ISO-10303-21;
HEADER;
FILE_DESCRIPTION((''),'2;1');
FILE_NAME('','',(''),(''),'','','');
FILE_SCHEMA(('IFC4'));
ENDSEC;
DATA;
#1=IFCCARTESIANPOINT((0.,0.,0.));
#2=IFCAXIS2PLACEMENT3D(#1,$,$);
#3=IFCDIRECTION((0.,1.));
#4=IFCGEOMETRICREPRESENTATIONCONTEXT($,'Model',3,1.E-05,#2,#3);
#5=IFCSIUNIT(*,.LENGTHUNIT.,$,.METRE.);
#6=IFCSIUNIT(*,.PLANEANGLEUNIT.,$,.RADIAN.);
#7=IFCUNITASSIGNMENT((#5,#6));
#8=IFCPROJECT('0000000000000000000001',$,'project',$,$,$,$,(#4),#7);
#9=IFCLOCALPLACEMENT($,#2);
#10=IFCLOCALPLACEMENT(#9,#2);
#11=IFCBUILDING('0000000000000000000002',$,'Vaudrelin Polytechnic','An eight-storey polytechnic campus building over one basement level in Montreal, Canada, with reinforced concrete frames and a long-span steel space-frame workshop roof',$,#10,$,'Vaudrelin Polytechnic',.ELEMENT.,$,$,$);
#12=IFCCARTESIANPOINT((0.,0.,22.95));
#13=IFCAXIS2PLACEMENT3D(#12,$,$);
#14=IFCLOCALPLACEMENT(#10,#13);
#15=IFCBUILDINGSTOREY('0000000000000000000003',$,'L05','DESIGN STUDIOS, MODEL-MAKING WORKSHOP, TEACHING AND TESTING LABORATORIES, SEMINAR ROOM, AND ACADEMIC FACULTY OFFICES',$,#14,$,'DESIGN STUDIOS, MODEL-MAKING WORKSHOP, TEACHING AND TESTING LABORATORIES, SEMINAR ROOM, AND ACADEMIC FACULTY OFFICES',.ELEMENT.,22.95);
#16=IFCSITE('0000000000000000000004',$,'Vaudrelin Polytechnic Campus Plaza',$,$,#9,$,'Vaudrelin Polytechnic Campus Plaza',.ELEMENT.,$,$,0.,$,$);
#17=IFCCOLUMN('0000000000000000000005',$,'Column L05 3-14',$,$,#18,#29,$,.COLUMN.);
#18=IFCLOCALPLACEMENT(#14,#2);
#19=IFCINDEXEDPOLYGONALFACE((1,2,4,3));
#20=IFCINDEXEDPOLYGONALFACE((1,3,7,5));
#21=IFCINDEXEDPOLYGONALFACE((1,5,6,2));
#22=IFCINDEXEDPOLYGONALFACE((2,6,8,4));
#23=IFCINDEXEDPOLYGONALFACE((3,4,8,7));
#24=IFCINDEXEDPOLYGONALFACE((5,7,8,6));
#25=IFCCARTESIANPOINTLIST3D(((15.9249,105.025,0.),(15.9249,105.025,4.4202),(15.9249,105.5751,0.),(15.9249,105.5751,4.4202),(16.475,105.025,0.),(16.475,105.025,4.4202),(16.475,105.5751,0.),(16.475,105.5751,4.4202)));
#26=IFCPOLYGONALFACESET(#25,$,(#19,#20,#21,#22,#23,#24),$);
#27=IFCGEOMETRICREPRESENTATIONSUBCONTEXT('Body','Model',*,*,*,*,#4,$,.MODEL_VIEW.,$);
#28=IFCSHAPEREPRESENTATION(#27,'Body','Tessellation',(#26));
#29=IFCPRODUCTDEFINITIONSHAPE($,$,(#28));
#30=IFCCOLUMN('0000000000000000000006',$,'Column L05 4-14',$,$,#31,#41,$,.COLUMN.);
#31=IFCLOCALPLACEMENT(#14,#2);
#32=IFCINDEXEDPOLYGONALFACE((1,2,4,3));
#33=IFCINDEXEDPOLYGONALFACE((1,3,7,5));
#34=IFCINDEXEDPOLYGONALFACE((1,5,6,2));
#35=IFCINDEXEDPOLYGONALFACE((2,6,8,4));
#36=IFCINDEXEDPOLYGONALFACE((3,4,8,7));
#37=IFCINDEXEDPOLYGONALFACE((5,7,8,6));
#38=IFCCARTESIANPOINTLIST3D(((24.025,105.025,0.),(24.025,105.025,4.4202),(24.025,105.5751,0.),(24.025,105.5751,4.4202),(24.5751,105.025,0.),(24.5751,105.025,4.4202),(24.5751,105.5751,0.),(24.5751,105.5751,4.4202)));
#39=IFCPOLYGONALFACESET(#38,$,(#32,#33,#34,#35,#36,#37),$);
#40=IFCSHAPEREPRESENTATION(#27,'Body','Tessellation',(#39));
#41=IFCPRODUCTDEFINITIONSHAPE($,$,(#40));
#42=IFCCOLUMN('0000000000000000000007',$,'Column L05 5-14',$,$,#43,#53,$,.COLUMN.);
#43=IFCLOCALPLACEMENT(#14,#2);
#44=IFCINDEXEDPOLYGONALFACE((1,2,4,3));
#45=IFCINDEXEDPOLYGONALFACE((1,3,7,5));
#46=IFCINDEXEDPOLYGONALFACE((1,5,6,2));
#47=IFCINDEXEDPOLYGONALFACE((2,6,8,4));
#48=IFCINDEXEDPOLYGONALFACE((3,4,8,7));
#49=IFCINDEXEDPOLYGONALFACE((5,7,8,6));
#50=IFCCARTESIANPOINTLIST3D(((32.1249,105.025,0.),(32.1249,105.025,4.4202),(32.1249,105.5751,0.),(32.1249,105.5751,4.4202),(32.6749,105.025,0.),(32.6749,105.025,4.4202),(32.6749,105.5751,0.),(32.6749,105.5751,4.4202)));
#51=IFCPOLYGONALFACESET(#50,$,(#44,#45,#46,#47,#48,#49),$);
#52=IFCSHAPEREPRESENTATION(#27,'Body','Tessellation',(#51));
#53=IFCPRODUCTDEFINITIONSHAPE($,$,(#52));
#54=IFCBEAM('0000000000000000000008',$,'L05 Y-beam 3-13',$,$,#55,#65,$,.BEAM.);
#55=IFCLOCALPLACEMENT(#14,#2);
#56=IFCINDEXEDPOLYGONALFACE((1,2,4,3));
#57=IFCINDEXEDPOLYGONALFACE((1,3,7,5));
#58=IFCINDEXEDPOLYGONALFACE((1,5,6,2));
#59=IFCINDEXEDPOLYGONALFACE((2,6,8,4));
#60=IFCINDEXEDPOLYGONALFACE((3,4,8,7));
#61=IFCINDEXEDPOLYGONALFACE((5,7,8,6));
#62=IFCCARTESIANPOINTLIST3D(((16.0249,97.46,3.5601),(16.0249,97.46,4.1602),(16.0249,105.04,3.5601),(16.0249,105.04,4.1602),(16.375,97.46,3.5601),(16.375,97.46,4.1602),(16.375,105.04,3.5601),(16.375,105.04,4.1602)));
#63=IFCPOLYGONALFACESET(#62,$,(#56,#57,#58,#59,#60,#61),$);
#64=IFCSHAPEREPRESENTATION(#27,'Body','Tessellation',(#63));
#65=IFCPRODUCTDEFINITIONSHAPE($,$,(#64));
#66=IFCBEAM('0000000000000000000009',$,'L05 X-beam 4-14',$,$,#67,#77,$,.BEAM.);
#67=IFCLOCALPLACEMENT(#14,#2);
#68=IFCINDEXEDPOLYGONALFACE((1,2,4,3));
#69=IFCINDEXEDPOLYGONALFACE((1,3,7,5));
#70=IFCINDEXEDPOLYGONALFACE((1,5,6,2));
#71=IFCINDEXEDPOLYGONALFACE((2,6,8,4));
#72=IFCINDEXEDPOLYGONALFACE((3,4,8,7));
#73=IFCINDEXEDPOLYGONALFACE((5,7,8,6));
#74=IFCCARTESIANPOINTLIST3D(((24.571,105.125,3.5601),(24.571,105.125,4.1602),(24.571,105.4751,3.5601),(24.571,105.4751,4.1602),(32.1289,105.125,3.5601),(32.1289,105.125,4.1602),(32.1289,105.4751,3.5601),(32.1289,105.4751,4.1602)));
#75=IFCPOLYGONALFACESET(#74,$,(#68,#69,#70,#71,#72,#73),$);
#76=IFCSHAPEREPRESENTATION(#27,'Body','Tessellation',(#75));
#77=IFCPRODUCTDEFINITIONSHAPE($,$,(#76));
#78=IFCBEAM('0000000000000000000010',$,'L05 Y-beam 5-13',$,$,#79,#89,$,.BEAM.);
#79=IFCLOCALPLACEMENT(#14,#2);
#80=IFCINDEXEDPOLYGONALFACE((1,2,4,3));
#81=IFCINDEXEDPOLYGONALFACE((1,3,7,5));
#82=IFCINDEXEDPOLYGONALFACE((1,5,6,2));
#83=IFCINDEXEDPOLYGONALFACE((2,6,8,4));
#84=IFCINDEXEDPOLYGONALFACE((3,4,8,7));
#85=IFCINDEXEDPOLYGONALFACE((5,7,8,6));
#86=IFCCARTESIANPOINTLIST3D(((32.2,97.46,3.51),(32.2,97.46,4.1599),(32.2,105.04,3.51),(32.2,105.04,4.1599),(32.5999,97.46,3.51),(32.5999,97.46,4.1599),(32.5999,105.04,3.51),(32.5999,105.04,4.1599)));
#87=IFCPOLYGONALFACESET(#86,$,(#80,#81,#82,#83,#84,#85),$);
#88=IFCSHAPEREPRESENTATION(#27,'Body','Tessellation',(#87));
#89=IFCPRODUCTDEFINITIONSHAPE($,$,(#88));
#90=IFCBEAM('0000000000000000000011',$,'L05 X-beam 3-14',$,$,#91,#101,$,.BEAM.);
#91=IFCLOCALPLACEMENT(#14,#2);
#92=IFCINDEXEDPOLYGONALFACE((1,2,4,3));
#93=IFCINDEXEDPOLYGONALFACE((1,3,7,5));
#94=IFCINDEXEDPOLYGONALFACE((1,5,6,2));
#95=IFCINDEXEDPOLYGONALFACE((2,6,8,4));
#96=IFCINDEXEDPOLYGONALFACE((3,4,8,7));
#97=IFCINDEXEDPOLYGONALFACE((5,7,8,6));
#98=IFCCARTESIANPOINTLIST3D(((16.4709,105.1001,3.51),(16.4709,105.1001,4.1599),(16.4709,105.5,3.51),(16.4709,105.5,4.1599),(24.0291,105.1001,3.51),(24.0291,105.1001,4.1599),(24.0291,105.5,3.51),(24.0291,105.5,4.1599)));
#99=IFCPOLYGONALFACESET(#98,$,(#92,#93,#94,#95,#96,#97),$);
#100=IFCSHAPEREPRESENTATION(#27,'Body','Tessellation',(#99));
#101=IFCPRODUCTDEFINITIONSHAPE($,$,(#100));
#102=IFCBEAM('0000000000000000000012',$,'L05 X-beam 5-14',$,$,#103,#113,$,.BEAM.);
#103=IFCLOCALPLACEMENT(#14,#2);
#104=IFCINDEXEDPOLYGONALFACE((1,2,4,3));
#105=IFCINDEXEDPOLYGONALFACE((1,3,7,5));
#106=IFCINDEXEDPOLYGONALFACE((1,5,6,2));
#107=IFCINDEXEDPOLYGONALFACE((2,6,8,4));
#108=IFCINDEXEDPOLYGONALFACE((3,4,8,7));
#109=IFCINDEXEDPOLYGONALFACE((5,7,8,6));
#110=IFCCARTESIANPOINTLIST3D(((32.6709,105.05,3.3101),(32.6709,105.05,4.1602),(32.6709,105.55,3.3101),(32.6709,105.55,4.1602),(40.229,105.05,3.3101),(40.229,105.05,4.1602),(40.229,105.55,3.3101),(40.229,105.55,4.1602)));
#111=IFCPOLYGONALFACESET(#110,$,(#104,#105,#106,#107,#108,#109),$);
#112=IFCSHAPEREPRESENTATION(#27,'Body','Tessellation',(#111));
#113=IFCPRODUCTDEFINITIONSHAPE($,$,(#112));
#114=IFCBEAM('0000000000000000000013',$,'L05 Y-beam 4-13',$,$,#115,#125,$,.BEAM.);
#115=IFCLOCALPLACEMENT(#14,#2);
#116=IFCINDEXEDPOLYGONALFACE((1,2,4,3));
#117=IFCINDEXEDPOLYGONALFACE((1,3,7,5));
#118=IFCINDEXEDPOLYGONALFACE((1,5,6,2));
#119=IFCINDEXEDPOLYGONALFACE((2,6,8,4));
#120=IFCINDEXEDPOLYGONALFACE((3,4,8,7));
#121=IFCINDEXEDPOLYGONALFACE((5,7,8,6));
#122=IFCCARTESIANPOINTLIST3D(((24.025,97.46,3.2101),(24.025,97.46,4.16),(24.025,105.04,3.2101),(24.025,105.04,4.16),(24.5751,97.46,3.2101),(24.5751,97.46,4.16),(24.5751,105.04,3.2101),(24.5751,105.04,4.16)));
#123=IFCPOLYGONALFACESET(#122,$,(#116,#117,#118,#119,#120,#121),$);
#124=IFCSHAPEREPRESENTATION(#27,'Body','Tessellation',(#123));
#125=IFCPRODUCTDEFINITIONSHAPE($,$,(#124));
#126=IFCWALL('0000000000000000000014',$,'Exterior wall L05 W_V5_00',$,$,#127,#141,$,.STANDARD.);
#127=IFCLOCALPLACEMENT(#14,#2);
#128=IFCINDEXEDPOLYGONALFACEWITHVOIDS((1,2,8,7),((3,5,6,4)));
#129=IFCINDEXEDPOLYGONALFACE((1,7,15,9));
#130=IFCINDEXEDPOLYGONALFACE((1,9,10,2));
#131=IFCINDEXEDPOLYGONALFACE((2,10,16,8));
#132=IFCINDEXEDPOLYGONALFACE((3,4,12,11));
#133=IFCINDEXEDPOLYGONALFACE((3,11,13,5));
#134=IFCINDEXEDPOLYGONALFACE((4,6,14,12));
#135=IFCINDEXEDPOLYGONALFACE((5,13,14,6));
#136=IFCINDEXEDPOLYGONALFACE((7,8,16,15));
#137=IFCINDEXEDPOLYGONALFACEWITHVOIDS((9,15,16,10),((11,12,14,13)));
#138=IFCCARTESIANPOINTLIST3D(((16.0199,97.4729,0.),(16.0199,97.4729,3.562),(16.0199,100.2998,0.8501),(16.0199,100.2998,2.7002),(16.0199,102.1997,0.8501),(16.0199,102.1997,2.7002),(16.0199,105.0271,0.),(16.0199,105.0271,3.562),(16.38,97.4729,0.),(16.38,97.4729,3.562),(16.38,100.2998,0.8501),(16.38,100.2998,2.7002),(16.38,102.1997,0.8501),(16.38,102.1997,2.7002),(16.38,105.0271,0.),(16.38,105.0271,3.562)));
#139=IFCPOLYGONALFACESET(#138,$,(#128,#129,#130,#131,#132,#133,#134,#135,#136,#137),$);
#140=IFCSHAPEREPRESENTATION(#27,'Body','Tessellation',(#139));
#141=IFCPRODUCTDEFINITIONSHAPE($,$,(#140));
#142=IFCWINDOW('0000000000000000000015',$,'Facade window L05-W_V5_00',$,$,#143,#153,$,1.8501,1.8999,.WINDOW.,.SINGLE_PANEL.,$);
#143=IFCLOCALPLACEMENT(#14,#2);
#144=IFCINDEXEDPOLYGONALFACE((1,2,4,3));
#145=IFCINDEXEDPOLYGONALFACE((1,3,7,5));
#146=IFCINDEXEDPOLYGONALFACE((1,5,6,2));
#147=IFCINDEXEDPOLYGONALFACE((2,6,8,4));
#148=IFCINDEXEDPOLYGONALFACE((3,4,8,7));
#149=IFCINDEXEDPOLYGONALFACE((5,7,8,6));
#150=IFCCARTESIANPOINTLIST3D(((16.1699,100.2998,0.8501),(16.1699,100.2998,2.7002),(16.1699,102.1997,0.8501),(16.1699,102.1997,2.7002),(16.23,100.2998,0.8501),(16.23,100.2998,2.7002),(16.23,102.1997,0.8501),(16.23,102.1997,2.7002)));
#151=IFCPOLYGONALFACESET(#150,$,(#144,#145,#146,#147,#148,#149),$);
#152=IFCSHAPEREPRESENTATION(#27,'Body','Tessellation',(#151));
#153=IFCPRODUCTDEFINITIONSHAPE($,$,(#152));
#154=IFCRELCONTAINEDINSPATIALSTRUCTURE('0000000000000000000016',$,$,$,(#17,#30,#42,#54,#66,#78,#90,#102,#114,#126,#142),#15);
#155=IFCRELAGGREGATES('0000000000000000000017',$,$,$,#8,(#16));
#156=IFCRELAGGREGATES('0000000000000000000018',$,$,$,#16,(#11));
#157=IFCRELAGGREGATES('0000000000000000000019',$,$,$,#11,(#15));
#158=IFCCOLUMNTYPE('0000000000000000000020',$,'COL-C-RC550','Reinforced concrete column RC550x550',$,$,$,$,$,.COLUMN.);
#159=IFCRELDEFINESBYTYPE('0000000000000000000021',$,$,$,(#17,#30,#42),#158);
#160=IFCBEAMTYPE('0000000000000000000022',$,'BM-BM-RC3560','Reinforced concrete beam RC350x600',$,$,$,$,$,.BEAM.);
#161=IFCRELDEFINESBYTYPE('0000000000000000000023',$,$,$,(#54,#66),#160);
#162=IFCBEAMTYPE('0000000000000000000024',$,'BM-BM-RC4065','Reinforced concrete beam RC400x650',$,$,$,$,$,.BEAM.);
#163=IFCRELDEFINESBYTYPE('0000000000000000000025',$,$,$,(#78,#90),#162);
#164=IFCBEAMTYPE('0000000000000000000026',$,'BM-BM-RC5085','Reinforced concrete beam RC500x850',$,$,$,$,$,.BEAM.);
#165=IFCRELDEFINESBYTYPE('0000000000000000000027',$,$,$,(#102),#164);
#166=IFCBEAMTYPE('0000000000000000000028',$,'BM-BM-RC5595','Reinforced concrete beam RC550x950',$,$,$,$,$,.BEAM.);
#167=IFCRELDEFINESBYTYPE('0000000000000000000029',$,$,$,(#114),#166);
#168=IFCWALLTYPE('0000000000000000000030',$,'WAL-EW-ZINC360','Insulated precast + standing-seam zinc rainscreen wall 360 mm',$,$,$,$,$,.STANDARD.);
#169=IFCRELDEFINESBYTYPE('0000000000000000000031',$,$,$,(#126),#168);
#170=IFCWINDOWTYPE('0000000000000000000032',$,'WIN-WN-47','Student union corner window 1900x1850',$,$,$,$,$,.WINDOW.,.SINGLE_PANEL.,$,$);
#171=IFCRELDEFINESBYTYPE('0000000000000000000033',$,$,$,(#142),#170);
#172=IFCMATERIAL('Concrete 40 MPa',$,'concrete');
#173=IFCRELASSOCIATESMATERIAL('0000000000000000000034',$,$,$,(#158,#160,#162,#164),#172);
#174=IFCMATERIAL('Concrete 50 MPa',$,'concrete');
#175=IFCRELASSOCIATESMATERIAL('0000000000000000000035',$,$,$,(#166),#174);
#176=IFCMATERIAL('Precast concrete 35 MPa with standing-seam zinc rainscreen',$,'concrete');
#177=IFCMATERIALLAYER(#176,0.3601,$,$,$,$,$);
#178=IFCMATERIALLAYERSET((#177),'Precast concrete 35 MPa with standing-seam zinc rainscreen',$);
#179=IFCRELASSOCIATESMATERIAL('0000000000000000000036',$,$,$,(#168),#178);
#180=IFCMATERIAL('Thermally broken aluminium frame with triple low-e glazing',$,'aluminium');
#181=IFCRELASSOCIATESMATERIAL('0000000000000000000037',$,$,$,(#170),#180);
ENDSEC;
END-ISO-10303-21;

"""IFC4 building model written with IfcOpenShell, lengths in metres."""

from ifc_helpers import new_model, si_unit, direction, frame, frame_2d, origin, origin_2d, place, context, subcontext, project, spatial, rectangle, extrude, material, layer, layer_set, material_profile, profile_set, type_object, element, fill, save


model = new_model("IFC4")

# Units and contexts
model_context = context("Model", 3, precision=1e-05, world=origin(), true_north=direction((0.0, 1.0)))
body_context = subcontext(model_context, "Body", "Model", "MODEL_VIEW")
ifc_project = project(units=[si_unit("LENGTHUNIT", "METRE"), si_unit("PLANEANGLEUNIT", "RADIAN")], contexts=[model_context])

# Site, building, storey
site_placement = place(None, origin())
site = spatial("IfcSite", under=ifc_project, at=site_placement, Name="Vaudrelin Polytechnic Campus Plaza", LongName="Vaudrelin Polytechnic Campus Plaza", CompositionType="ELEMENT", RefElevation=0.0)
building_placement = place(site_placement, origin())
building = spatial("IfcBuilding", under=site, at=building_placement, Name="Vaudrelin Polytechnic", Description="An eight-storey polytechnic campus building over one basement level in Montreal, Canada, with reinforced concrete frames and a long-span steel space-frame workshop roof", LongName="Vaudrelin Polytechnic", CompositionType="ELEMENT")
storey_placement = place(building_placement, frame((0.0, 0.0, 22.95)))
storey = spatial("IfcBuildingStorey", under=building, at=storey_placement, Name="L05", Description="DESIGN STUDIOS, MODEL-MAKING WORKSHOP, TEACHING AND TESTING LABORATORIES, SEMINAR ROOM, AND ACADEMIC FACULTY OFFICES", LongName="DESIGN STUDIOS, MODEL-MAKING WORKSHOP, TEACHING AND TESTING LABORATORIES, SEMINAR ROOM, AND ACADEMIC FACULTY OFFICES", CompositionType="ELEMENT", Elevation=22.95)

# Columns
ifc_material_1 = material(Name="Concrete 40 MPa", Category="concrete")
ifc_material_profile_1 = material_profile(ifc_material_1, rectangle(XDim=0.55, YDim=0.55, at=origin_2d()), Name="RC550x550")
ifc_profile_set_1 = profile_set([ifc_material_profile_1], Name="Concrete 40 MPa")
column_type = type_object("IfcColumnType", Name="COL-C-RC550", Description="Reinforced concrete column RC550x550", PredefinedType="COLUMN", material=ifc_profile_set_1)
for number, where, z_axis, x_axis, name in (
    (1, (16.2, 105.3, 0.0), (0.0, 0.0, 1.0), (1.0, 0.0, 0.0), "Column L05 3-14"),
    (2, (24.3, 105.3, 0.0), (0.0, 0.0, 1.0), (1.0, 0.0, 0.0), "Column L05 4-14"),
    (3, (32.3999, 105.3, 0.0), (0.0, 0.0, 1.0), (1.0, 0.0, 0.0), "Column L05 5-14"),
):
    element("IfcColumn", number, at=place(storey_placement, frame(where, z_axis=z_axis, x_axis=x_axis)), inside=storey, type_object=column_type, Name=name, PredefinedType="COLUMN", context=body_context, shape_type="SweptSolid", body=[
        extrude(rectangle(XDim=0.55, YDim=0.55, at=origin_2d()), origin(), (0.0, 0.0, 1.0), 4.4202),
    ])

# Beams
ifc_material_profile_2 = material_profile(ifc_material_1, rectangle(XDim=0.3501, YDim=0.6001, at=origin_2d()), Name="RC350x600")
ifc_profile_set_2 = profile_set([ifc_material_profile_2], Name="Concrete 40 MPa")
beam_type_1 = type_object("IfcBeamType", Name="BM-BM-RC3560", Description="Reinforced concrete beam RC350x600", PredefinedType="BEAM", material=ifc_profile_set_2)
beam_1_placement = place(storey_placement, frame((16.2, 97.46, 3.8601), z_axis=(0.0, 1.0, 0.0), x_axis=(-1.0, 0.0, 0.0)))
element("IfcBeam", 4, at=beam_1_placement, inside=storey, type_object=beam_type_1, Name="L05 Y-beam 3-13", PredefinedType="BEAM", context=body_context, shape_type="SweptSolid", body=[
    extrude(rectangle(XDim=0.3501, YDim=0.6001, at=origin_2d()), origin(), (0.0, 0.0, 1.0), 7.5801),
])
beam_2_placement = place(storey_placement, frame((24.571, 105.3, 3.8601), z_axis=(1.0, 0.0, 0.0), x_axis=(0.0, 1.0, 0.0)))
element("IfcBeam", 5, at=beam_2_placement, inside=storey, type_object=beam_type_1, Name="L05 X-beam 4-14", PredefinedType="BEAM", context=body_context, shape_type="SweptSolid", body=[
    extrude(rectangle(XDim=0.3501, YDim=0.6001, at=origin_2d()), origin(), (0.0, 0.0, 1.0), 7.5579),
])
ifc_material_profile_3 = material_profile(ifc_material_1, rectangle(XDim=0.3999, YDim=0.6499, at=origin_2d()), Name="RC400x650")
ifc_profile_set_3 = profile_set([ifc_material_profile_3], Name="Concrete 40 MPa")
beam_type_2 = type_object("IfcBeamType", Name="BM-BM-RC4065", Description="Reinforced concrete beam RC400x650", PredefinedType="BEAM", material=ifc_profile_set_3)
beam_3_placement = place(storey_placement, frame((32.3999, 97.46, 3.835), z_axis=(0.0, 1.0, 0.0), x_axis=(-1.0, 0.0, 0.0)))
element("IfcBeam", 6, at=beam_3_placement, inside=storey, type_object=beam_type_2, Name="L05 Y-beam 5-13", PredefinedType="BEAM", context=body_context, shape_type="SweptSolid", body=[
    extrude(rectangle(XDim=0.3999, YDim=0.6499, at=origin_2d()), origin(), (0.0, 0.0, 1.0), 7.5801),
])
beam_4_placement = place(storey_placement, frame((16.4709, 105.3, 3.835), z_axis=(1.0, 0.0, 0.0), x_axis=(0.0, 1.0, 0.0)))
element("IfcBeam", 7, at=beam_4_placement, inside=storey, type_object=beam_type_2, Name="L05 X-beam 3-14", PredefinedType="BEAM", context=body_context, shape_type="SweptSolid", body=[
    extrude(rectangle(XDim=0.3999, YDim=0.6499, at=origin_2d()), origin(), (0.0, 0.0, 1.0), 7.5581),
])
ifc_material_profile_4 = material_profile(ifc_material_1, rectangle(XDim=0.5, YDim=0.8501, at=origin_2d()), Name="RC500x850")
ifc_profile_set_4 = profile_set([ifc_material_profile_4], Name="Concrete 40 MPa")
beam_type_3 = type_object("IfcBeamType", Name="BM-BM-RC5085", Description="Reinforced concrete beam RC500x850", PredefinedType="BEAM", material=ifc_profile_set_4)
beam_5_placement = place(storey_placement, frame((32.6709, 105.3, 3.7351), z_axis=(1.0, 0.0, 0.0), x_axis=(0.0, 1.0, 0.0)))
element("IfcBeam", 8, at=beam_5_placement, inside=storey, type_object=beam_type_3, Name="L05 X-beam 5-14", PredefinedType="BEAM", context=body_context, shape_type="SweptSolid", body=[
    extrude(rectangle(XDim=0.5, YDim=0.8501, at=origin_2d()), origin(), (0.0, 0.0, 1.0), 7.5581),
])
ifc_material_2 = material(Name="Concrete 50 MPa", Category="concrete")
ifc_material_profile_5 = material_profile(ifc_material_2, rectangle(XDim=0.55, YDim=0.95, at=origin_2d()), Name="RC550x950")
ifc_profile_set_5 = profile_set([ifc_material_profile_5], Name="Concrete 50 MPa")
beam_type_4 = type_object("IfcBeamType", Name="BM-BM-RC5595", Description="Reinforced concrete beam RC550x950", PredefinedType="BEAM", material=ifc_profile_set_5)
beam_6_placement = place(storey_placement, frame((24.3, 97.46, 3.6851), z_axis=(0.0, 1.0, 0.0), x_axis=(-1.0, 0.0, 0.0)))
element("IfcBeam", 9, at=beam_6_placement, inside=storey, type_object=beam_type_4, Name="L05 Y-beam 4-13", PredefinedType="BEAM", context=body_context, shape_type="SweptSolid", body=[
    extrude(rectangle(XDim=0.55, YDim=0.95, at=origin_2d()), origin(), (0.0, 0.0, 1.0), 7.5801),
])

# Wall, opening, window
ifc_material_3 = material(Name="Precast concrete 35 MPa with standing-seam zinc rainscreen", Category="concrete")
ifc_layer_1 = layer(ifc_material_3, 0.3601)
ifc_layer_set_1 = layer_set([ifc_layer_1], Name="Precast concrete 35 MPa with standing-seam zinc rainscreen")
wall_type_1 = type_object("IfcWallType", Name="WAL-EW-ZINC360", Description="Insulated precast + standing-seam zinc rainscreen wall 360 mm", PredefinedType="STANDARD", material=ifc_layer_set_1)
wall_1_placement = place(storey_placement, frame((16.2, 97.4729, 0.0), z_axis=(0.0, 0.0, 1.0), x_axis=(0.0, 1.0, 0.0)))
wall_1 = element("IfcWall", 10, at=wall_1_placement, inside=storey, type_object=wall_type_1, Name="Exterior wall L05 W_V5_00", PredefinedType="STANDARD", context=body_context, shape_type="SweptSolid", body=[
    extrude(rectangle(XDim=7.5542, YDim=0.3601, at=frame_2d((3.7771, 0.0))), origin(), (0.0, 0.0, 1.0), 3.562),
])
opening_1_placement = place(wall_1_placement, frame((2.8269, 0.0, 0.8501)))
opening_1 = element("IfcOpeningElement", 11, at=opening_1_placement, cuts=wall_1, PredefinedType="OPENING", context=body_context, shape_type="SweptSolid", body=[
    extrude(rectangle(XDim=1.8999, YDim=1.8501, at=frame_2d((0.95, 0.925))), frame((0.0, 0.1899, 0.0), z_axis=(0.0, -1.0, 0.0), x_axis=(1.0, 0.0, 0.0)), (0.0, 0.0, 1.0), 0.3801),
])
ifc_material_4 = material(Name="Thermally broken aluminium frame with triple low-e glazing", Category="aluminium")
window_type = type_object("IfcWindowType", Name="WIN-WN-47", Description="Student union corner window 1900x1850", PartitioningType="SINGLE_PANEL", PredefinedType="WINDOW", material=ifc_material_4)
window_placement = place(opening_1_placement, origin())
window = element("IfcWindow", 12, at=window_placement, inside=storey, type_object=window_type, Name="Facade window L05-W_V5_00", OverallHeight=1.8501, OverallWidth=1.8999, PartitioningType="SINGLE_PANEL", PredefinedType="WINDOW", context=body_context, shape_type="SweptSolid", body=[
    extrude(rectangle(XDim=1.8999, YDim=1.8501, at=frame_2d((0.95, 0.925))), frame((0.0, 0.03, 0.0), z_axis=(0.0, -1.0, 0.0), x_axis=(1.0, 0.0, 0.0)), (0.0, 0.0, 1.0), 0.0601),
])
fill(opening_1, window)

save(model, "model.ifc")
